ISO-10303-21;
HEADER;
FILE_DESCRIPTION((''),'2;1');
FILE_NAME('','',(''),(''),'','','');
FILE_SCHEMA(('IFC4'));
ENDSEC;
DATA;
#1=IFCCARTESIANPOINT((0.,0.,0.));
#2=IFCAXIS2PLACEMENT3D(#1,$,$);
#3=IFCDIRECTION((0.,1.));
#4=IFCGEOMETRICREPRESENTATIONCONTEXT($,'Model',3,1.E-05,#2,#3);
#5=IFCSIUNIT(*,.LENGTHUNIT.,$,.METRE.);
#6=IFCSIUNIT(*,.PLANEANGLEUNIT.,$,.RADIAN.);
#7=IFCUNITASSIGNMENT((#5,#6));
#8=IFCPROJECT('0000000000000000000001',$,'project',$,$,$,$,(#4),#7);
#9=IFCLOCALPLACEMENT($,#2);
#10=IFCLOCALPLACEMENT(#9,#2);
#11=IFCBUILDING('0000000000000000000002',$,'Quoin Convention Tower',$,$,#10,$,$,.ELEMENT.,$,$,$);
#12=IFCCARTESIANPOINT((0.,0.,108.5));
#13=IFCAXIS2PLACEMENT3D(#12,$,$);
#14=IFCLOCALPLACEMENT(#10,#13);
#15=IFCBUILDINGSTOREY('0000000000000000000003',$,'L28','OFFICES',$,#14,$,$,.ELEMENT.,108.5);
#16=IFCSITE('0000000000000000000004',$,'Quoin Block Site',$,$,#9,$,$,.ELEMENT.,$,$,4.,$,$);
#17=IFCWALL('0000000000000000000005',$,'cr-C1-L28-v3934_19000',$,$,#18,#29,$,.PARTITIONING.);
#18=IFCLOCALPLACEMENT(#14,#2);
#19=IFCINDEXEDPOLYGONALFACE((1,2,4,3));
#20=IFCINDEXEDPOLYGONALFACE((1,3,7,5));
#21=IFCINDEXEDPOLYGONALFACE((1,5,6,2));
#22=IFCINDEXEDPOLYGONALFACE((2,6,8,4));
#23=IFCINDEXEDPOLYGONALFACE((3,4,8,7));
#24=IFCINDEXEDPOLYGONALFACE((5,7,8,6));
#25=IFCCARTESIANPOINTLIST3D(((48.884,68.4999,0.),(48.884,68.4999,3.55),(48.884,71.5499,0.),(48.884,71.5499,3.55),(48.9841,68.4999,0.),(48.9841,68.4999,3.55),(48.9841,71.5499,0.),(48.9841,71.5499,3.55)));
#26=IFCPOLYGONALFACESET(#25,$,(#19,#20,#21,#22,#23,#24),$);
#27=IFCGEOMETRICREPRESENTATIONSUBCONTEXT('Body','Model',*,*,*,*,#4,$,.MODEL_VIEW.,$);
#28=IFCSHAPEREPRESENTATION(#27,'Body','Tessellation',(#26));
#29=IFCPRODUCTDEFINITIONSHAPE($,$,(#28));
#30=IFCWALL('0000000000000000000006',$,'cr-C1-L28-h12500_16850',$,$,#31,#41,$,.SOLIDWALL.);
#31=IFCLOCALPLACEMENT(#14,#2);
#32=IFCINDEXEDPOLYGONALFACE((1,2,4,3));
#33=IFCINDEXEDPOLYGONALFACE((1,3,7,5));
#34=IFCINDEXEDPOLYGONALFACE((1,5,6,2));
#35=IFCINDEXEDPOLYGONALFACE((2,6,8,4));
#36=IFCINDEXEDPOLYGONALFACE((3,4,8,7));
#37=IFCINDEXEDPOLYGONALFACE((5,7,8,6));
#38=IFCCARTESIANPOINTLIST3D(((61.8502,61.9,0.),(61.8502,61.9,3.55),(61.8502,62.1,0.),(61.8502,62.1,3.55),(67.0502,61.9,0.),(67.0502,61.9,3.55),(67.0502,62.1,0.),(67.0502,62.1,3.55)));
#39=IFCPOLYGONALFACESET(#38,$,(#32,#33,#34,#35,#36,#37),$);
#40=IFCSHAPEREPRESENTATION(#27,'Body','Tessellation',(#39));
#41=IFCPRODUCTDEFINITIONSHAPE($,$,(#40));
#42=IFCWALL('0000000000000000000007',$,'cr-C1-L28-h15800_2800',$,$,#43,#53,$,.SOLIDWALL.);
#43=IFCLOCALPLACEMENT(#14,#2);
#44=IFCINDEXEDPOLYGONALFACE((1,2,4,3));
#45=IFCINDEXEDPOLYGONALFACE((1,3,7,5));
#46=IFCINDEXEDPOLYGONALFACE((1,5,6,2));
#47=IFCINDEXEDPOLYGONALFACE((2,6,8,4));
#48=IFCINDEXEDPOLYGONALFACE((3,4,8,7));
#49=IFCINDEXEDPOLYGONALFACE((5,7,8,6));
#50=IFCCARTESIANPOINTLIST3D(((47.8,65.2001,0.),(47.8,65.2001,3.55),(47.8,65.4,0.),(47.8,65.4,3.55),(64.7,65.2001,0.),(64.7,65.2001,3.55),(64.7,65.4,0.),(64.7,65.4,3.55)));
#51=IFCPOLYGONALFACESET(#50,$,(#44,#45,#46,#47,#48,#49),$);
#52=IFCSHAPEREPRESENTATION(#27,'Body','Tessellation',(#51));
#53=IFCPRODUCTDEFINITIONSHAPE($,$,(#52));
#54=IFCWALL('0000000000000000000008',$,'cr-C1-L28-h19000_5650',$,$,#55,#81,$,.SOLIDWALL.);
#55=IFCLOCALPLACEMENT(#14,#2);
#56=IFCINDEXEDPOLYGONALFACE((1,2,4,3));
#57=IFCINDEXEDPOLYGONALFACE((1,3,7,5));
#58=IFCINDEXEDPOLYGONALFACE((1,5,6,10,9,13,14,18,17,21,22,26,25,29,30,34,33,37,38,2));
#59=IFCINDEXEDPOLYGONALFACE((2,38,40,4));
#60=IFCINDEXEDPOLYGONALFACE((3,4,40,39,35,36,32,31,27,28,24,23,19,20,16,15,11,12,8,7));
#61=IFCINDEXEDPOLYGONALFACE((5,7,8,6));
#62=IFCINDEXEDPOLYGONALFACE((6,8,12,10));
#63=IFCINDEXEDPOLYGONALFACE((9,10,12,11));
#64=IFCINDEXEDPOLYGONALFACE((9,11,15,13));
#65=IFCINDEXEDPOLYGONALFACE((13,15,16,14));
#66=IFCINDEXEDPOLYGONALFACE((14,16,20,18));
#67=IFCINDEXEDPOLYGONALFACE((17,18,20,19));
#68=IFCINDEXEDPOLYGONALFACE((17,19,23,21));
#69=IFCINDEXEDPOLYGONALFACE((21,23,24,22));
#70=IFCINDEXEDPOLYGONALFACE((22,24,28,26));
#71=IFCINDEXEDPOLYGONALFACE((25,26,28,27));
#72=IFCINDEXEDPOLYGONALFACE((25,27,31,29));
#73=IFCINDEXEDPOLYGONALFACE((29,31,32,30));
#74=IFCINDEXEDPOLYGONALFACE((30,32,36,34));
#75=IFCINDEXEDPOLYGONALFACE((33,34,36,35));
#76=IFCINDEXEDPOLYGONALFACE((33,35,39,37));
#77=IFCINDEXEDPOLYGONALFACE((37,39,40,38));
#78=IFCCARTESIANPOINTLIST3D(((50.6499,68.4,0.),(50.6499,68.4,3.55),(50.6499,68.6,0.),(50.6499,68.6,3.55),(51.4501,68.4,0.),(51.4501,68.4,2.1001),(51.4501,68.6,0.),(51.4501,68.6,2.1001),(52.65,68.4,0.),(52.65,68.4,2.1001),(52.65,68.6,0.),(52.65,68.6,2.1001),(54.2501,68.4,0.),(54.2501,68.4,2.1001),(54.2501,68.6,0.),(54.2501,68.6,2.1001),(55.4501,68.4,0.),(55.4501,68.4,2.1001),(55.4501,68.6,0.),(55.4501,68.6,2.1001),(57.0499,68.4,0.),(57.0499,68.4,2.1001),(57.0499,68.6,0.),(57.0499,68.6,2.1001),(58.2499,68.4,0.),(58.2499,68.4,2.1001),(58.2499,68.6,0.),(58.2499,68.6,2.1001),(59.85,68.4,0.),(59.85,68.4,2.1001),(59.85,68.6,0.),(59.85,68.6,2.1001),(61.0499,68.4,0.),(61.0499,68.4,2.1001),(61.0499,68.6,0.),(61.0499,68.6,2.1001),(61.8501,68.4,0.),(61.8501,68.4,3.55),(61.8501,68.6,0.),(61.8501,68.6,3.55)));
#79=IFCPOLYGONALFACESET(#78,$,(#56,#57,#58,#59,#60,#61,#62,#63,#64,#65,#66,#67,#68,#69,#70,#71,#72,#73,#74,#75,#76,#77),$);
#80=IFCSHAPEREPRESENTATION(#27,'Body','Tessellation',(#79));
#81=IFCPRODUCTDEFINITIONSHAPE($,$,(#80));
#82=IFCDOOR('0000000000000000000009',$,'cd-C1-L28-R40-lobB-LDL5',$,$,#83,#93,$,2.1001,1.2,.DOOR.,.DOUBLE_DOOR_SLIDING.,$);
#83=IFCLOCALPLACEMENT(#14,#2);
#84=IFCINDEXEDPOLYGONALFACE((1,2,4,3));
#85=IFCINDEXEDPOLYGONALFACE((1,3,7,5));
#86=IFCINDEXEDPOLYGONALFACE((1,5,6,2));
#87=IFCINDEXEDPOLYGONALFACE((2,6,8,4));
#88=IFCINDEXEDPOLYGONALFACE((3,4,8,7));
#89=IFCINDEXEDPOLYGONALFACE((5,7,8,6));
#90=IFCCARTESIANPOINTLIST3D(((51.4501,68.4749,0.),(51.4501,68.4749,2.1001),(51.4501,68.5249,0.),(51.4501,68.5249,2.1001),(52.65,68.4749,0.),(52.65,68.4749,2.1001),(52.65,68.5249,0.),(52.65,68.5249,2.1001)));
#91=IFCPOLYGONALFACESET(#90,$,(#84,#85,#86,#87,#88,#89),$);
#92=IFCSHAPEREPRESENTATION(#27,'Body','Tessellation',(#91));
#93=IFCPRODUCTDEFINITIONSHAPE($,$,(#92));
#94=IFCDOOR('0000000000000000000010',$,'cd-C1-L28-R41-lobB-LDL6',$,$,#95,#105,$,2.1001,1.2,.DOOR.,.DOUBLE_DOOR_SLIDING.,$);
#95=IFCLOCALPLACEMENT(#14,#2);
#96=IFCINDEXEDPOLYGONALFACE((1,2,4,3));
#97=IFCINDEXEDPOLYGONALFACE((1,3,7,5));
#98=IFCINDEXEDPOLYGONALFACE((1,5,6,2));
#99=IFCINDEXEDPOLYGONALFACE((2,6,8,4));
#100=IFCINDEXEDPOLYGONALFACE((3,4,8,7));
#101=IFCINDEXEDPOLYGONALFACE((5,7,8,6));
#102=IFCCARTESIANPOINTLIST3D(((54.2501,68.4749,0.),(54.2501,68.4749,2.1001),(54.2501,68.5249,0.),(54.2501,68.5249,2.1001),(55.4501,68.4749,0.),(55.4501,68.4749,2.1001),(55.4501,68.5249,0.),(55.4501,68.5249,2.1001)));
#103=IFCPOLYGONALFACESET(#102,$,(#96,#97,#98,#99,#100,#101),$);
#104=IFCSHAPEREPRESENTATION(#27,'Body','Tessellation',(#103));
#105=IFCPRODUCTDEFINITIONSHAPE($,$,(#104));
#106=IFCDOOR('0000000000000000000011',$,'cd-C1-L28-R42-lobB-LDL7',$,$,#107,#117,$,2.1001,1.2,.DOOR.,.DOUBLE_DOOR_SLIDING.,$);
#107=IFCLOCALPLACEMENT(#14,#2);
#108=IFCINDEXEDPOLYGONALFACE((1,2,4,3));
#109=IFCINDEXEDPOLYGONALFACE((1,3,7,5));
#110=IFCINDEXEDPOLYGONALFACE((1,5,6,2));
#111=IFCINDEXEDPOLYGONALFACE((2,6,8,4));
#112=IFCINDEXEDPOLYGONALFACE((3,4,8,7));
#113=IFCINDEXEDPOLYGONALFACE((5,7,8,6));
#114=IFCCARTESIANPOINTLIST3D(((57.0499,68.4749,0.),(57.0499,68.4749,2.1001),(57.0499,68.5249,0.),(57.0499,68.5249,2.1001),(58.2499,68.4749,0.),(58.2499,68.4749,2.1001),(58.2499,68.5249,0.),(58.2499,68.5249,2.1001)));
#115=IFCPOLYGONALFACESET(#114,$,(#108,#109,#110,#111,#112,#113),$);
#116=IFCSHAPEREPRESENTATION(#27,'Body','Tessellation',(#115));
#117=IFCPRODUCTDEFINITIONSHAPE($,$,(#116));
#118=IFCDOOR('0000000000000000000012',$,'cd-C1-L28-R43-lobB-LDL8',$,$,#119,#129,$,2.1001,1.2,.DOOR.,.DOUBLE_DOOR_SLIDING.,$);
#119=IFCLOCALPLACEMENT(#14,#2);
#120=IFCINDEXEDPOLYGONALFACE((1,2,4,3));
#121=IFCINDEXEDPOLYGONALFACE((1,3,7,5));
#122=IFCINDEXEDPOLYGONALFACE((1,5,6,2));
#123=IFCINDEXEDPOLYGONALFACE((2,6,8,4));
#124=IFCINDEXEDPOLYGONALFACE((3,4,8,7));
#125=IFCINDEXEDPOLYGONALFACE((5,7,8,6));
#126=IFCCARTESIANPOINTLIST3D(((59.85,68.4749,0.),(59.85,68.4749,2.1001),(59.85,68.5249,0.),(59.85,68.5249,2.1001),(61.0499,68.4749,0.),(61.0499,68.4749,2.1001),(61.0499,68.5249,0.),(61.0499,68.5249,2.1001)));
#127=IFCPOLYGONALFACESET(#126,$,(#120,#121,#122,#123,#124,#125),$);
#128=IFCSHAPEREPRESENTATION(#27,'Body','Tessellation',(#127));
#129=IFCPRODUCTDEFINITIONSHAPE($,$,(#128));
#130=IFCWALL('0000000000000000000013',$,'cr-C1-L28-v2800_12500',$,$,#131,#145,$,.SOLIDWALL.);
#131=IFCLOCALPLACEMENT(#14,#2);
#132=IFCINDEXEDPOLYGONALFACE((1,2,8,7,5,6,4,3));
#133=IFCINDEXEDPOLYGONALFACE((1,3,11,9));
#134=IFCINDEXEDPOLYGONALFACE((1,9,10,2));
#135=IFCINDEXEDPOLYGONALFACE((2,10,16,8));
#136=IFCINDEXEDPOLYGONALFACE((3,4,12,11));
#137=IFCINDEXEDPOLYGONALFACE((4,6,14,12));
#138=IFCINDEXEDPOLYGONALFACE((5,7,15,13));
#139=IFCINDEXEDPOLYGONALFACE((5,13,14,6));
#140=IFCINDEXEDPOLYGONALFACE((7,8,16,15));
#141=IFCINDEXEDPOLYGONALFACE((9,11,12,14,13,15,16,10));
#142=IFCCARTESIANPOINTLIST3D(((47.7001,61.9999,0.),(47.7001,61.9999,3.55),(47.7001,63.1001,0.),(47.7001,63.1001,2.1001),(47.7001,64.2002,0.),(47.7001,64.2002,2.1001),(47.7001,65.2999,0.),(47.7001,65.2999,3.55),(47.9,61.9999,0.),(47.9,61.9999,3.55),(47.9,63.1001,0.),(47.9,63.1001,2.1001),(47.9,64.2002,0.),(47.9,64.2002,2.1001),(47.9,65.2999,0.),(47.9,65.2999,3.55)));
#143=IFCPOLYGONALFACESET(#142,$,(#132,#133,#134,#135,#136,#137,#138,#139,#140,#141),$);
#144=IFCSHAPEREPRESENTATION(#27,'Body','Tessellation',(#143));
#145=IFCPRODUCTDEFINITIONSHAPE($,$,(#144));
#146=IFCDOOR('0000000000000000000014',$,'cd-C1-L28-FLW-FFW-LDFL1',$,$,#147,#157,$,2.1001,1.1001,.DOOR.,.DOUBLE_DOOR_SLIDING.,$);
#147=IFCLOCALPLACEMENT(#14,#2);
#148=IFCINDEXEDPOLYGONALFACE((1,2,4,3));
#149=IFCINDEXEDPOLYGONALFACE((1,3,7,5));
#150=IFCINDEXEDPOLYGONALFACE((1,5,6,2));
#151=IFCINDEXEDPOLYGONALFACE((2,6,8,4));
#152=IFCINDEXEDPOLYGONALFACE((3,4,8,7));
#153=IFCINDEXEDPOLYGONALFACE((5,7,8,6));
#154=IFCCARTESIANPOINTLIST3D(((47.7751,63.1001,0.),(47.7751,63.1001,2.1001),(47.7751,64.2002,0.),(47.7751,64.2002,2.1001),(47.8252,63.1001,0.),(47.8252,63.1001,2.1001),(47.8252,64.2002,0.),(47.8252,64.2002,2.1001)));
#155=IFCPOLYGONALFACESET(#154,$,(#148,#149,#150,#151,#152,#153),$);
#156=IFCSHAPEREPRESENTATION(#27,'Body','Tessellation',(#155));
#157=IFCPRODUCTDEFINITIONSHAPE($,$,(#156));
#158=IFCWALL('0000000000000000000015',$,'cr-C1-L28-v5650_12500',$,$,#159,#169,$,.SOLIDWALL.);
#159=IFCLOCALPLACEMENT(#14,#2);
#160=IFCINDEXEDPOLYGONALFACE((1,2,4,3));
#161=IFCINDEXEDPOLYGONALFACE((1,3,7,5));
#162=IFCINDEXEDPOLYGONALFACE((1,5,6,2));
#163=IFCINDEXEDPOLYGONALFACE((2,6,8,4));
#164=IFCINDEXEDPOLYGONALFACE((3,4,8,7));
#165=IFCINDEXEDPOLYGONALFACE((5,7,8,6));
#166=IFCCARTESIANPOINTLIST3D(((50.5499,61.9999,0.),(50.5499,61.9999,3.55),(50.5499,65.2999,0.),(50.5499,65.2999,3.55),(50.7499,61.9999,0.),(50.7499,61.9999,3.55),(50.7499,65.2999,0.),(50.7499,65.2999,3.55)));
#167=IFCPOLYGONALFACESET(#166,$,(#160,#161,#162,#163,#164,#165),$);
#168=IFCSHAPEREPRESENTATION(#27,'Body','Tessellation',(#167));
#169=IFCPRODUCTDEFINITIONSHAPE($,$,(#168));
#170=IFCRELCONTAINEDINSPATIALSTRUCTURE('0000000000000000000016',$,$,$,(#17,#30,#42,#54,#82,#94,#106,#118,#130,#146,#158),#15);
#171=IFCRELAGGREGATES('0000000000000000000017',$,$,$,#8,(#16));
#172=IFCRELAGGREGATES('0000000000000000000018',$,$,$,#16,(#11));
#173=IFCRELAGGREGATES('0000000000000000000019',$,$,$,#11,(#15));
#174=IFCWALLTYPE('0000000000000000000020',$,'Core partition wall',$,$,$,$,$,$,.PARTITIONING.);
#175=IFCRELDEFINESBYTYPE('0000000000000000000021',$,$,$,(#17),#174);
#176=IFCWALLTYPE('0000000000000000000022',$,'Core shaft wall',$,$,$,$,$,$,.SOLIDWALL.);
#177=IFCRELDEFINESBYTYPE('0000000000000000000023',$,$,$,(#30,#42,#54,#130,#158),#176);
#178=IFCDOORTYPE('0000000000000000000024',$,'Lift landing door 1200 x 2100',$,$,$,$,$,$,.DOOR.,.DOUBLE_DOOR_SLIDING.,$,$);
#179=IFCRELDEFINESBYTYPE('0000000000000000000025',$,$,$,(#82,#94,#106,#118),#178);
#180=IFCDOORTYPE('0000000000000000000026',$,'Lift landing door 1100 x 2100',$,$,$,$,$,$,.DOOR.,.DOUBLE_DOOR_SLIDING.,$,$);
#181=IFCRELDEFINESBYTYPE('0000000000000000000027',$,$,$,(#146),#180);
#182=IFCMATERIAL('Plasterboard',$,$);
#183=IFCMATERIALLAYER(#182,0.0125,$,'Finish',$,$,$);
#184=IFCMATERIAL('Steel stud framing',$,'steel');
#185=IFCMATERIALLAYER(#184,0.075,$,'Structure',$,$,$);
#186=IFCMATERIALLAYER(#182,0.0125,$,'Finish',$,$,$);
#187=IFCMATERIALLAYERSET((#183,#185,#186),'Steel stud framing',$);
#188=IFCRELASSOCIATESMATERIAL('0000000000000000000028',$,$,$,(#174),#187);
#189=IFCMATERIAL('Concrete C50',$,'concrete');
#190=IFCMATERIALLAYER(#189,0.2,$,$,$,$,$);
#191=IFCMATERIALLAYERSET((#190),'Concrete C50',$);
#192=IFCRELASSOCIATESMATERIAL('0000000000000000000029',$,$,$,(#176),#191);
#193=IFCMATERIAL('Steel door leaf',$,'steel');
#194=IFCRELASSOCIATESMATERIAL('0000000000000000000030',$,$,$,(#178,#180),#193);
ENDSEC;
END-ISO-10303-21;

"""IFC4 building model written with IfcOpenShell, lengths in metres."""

from ifc_helpers import new_model, si_unit, direction, frame, frame_2d, origin, place, context, subcontext, project, spatial, rectangle, extrude, material, layer, layer_set, type_object, element, fill, save


model = new_model("IFC4")

# Units and contexts
model_context = context("Model", 3, precision=1e-05, world=origin(), true_north=direction((0.0, 1.0)))
body_context = subcontext(model_context, "Body", "Model", "MODEL_VIEW")
ifc_project = project(units=[si_unit("LENGTHUNIT", "METRE"), si_unit("PLANEANGLEUNIT", "RADIAN")], contexts=[model_context])

# Site, building, storey
site_placement = place(None, origin())
site = spatial("IfcSite", under=ifc_project, at=site_placement, Name="Quoin Block Site", CompositionType="ELEMENT", RefElevation=4.0)
building_placement = place(site_placement, origin())
building = spatial("IfcBuilding", under=site, at=building_placement, Name="Quoin Convention Tower", CompositionType="ELEMENT")
storey_placement = place(building_placement, frame((0.0, 0.0, 108.5)))
storey = spatial("IfcBuildingStorey", under=building, at=storey_placement, Name="L28", Description="OFFICES", CompositionType="ELEMENT", Elevation=108.5)

# Walls
ifc_material_1 = material(Name="Plasterboard")
ifc_layer_1 = layer(ifc_material_1, 0.0125, Name="Finish")
ifc_material_2 = material(Name="Steel stud framing", Category="steel")
ifc_layer_2 = layer(ifc_material_2, 0.075, Name="Structure")
ifc_layer_3 = layer(ifc_material_1, 0.0125, Name="Finish")
ifc_layer_set_1 = layer_set([ifc_layer_1, ifc_layer_2, ifc_layer_3], Name="Steel stud framing")
wall_type_1 = type_object("IfcWallType", Name="Core partition wall", PredefinedType="PARTITIONING", material=ifc_layer_set_1)
wall_1_placement = place(storey_placement, frame((48.9341, 68.5, 0.0), z_axis=(0.0, 0.0, 1.0), x_axis=(0.0, 1.0, 0.0)))
element("IfcWall", 1, at=wall_1_placement, inside=storey, type_object=wall_type_1, Name="cr-C1-L28-v3934_19000", PredefinedType="PARTITIONING", context=body_context, shape_type="SweptSolid", body=[
    extrude(rectangle(XDim=3.05, YDim=0.1001, at=frame_2d((1.5249, 0.0))), origin(), (0.0, 0.0, 1.0), 3.55),
])
ifc_material_3 = material(Name="Concrete C50", Category="concrete")
ifc_layer_4 = layer(ifc_material_3, 0.2)
ifc_layer_set_2 = layer_set([ifc_layer_4], Name="Concrete C50")
wall_type_2 = type_object("IfcWallType", Name="Core shaft wall", PredefinedType="SOLIDWALL", material=ifc_layer_set_2)
wall_2_placement = place(storey_placement, frame((61.8501, 62.0, 0.0), z_axis=(0.0, 0.0, 1.0), x_axis=(1.0, 0.0, 0.0)))
element("IfcWall", 2, at=wall_2_placement, inside=storey, type_object=wall_type_2, Name="cr-C1-L28-h12500_16850", PredefinedType="SOLIDWALL", context=body_context, shape_type="SweptSolid", body=[
    extrude(rectangle(XDim=5.2, YDim=0.2, at=frame_2d((2.6001, 0.0))), origin(), (0.0, 0.0, 1.0), 3.55),
])
wall_3_placement = place(storey_placement, frame((47.8, 65.3, 0.0), z_axis=(0.0, 0.0, 1.0), x_axis=(1.0, 0.0, 0.0)))
element("IfcWall", 3, at=wall_3_placement, inside=storey, type_object=wall_type_2, Name="cr-C1-L28-h15800_2800", PredefinedType="SOLIDWALL", context=body_context, shape_type="SweptSolid", body=[
    extrude(rectangle(XDim=16.8999, YDim=0.2, at=frame_2d((8.45, 0.0))), origin(), (0.0, 0.0, 1.0), 3.55),
])

# Wall, openings, doors
wall_4_placement = place(storey_placement, frame((50.6499, 68.5, 0.0), z_axis=(0.0, 0.0, 1.0), x_axis=(1.0, 0.0, 0.0)))
wall_4 = element("IfcWall", 4, at=wall_4_placement, inside=storey, type_object=wall_type_2, Name="cr-C1-L28-h19000_5650", PredefinedType="SOLIDWALL", context=body_context, shape_type="SweptSolid", body=[
    extrude(rectangle(XDim=11.2002, YDim=0.2, at=frame_2d((5.6001, 0.0))), origin(), (0.0, 0.0, 1.0), 3.55),
])
opening_1_placement = place(wall_4_placement, frame((0.8, 0.0, 0.0)))
opening_1 = element("IfcOpeningElement", 5, at=opening_1_placement, cuts=wall_4, PredefinedType="OPENING", context=body_context, shape_type="SweptSolid", body=[
    extrude(rectangle(XDim=1.2, YDim=2.1001, at=frame_2d((0.6001, 1.05))), frame((0.0, 0.1099, 0.0), z_axis=(0.0, -1.0, 0.0), x_axis=(1.0, 0.0, 0.0)), (0.0, 0.0, 1.0), 0.22),
])
opening_2_placement = place(wall_4_placement, frame((3.6001, 0.0, 0.0)))
opening_2 = element("IfcOpeningElement", 6, at=opening_2_placement, cuts=wall_4, PredefinedType="OPENING", context=body_context, shape_type="SweptSolid", body=[
    extrude(rectangle(XDim=1.2, YDim=2.1001, at=frame_2d((0.6001, 1.05))), frame((0.0, 0.1099, 0.0), z_axis=(0.0, -1.0, 0.0), x_axis=(1.0, 0.0, 0.0)), (0.0, 0.0, 1.0), 0.22),
])
opening_3_placement = place(wall_4_placement, frame((6.3999, 0.0, 0.0)))
opening_3 = element("IfcOpeningElement", 7, at=opening_3_placement, cuts=wall_4, PredefinedType="OPENING", context=body_context, shape_type="SweptSolid", body=[
    extrude(rectangle(XDim=1.2, YDim=2.1001, at=frame_2d((0.6001, 1.05))), frame((0.0, 0.1099, 0.0), z_axis=(0.0, -1.0, 0.0), x_axis=(1.0, 0.0, 0.0)), (0.0, 0.0, 1.0), 0.22),
])
opening_4_placement = place(wall_4_placement, frame((9.2, 0.0, 0.0)))
opening_4 = element("IfcOpeningElement", 8, at=opening_4_placement, cuts=wall_4, PredefinedType="OPENING", context=body_context, shape_type="SweptSolid", body=[
    extrude(rectangle(XDim=1.2, YDim=2.1001, at=frame_2d((0.6001, 1.05))), frame((0.0, 0.1099, 0.0), z_axis=(0.0, -1.0, 0.0), x_axis=(1.0, 0.0, 0.0)), (0.0, 0.0, 1.0), 0.22),
])
ifc_material_4 = material(Name="Steel door leaf", Category="steel")
door_type_1 = type_object("IfcDoorType", Name="Lift landing door 1200 x 2100", OperationType="DOUBLE_DOOR_SLIDING", PredefinedType="DOOR", material=ifc_material_4)
door_1_placement = place(opening_1_placement, origin())
door_1 = element("IfcDoor", 9, at=door_1_placement, inside=storey, type_object=door_type_1, Name="cd-C1-L28-R40-lobB-LDL5", OperationType="DOUBLE_DOOR_SLIDING", OverallHeight=2.1001, OverallWidth=1.2, PredefinedType="DOOR", context=body_context, shape_type="SweptSolid", body=[
    extrude(rectangle(XDim=1.2, YDim=2.1001, at=frame_2d((0.6001, 1.05))), frame((0.0, 0.0249, 0.0), z_axis=(0.0, -1.0, 0.0), x_axis=(1.0, 0.0, 0.0)), (0.0, 0.0, 1.0), 0.05),
])
fill(opening_1, door_1)
door_2_placement = place(opening_2_placement, origin())
door_2 = element("IfcDoor", 10, at=door_2_placement, inside=storey, type_object=door_type_1, Name="cd-C1-L28-R41-lobB-LDL6", OperationType="DOUBLE_DOOR_SLIDING", OverallHeight=2.1001, OverallWidth=1.2, PredefinedType="DOOR", context=body_context, shape_type="SweptSolid", body=[
    extrude(rectangle(XDim=1.2, YDim=2.1001, at=frame_2d((0.6001, 1.05))), frame((0.0, 0.0249, 0.0), z_axis=(0.0, -1.0, 0.0), x_axis=(1.0, 0.0, 0.0)), (0.0, 0.0, 1.0), 0.05),
])
fill(opening_2, door_2)
door_3_placement = place(opening_3_placement, origin())
door_3 = element("IfcDoor", 11, at=door_3_placement, inside=storey, type_object=door_type_1, Name="cd-C1-L28-R42-lobB-LDL7", OperationType="DOUBLE_DOOR_SLIDING", OverallHeight=2.1001, OverallWidth=1.2, PredefinedType="DOOR", context=body_context, shape_type="SweptSolid", body=[
    extrude(rectangle(XDim=1.2, YDim=2.1001, at=frame_2d((0.6001, 1.05))), frame((0.0, 0.0249, 0.0), z_axis=(0.0, -1.0, 0.0), x_axis=(1.0, 0.0, 0.0)), (0.0, 0.0, 1.0), 0.05),
])
fill(opening_3, door_3)
door_4_placement = place(opening_4_placement, origin())
door_4 = element("IfcDoor", 12, at=door_4_placement, inside=storey, type_object=door_type_1, Name="cd-C1-L28-R43-lobB-LDL8", OperationType="DOUBLE_DOOR_SLIDING", OverallHeight=2.1001, OverallWidth=1.2, PredefinedType="DOOR", context=body_context, shape_type="SweptSolid", body=[
    extrude(rectangle(XDim=1.2, YDim=2.1001, at=frame_2d((0.6001, 1.05))), frame((0.0, 0.0249, 0.0), z_axis=(0.0, -1.0, 0.0), x_axis=(1.0, 0.0, 0.0)), (0.0, 0.0, 1.0), 0.05),
])
fill(opening_4, door_4)

# Wall, opening, door
wall_5_placement = place(storey_placement, frame((47.8, 62.0, 0.0), z_axis=(0.0, 0.0, 1.0), x_axis=(0.0, 1.0, 0.0)))
wall_5 = element("IfcWall", 13, at=wall_5_placement, inside=storey, type_object=wall_type_2, Name="cr-C1-L28-v2800_12500", PredefinedType="SOLIDWALL", context=body_context, shape_type="SweptSolid", body=[
    extrude(rectangle(XDim=3.3, YDim=0.2, at=frame_2d((1.6499, 0.0))), origin(), (0.0, 0.0, 1.0), 3.55),
])
opening_5_placement = place(wall_5_placement, frame((1.1001, 0.0, 0.0)))
opening_5 = element("IfcOpeningElement", 14, at=opening_5_placement, cuts=wall_5, PredefinedType="OPENING", context=body_context, shape_type="SweptSolid", body=[
    extrude(rectangle(XDim=1.1001, YDim=2.1001, at=frame_2d((0.55, 1.05))), frame((0.0, 0.1099, 0.0), z_axis=(0.0, -1.0, 0.0), x_axis=(1.0, 0.0, 0.0)), (0.0, 0.0, 1.0), 0.22),
])
door_type_2 = type_object("IfcDoorType", Name="Lift landing door 1100 x 2100", OperationType="DOUBLE_DOOR_SLIDING", PredefinedType="DOOR", material=ifc_material_4)
door_5_placement = place(opening_5_placement, origin())
door_5 = element("IfcDoor", 15, at=door_5_placement, inside=storey, type_object=door_type_2, Name="cd-C1-L28-FLW-FFW-LDFL1", OperationType="DOUBLE_DOOR_SLIDING", OverallHeight=2.1001, OverallWidth=1.1001, PredefinedType="DOOR", context=body_context, shape_type="SweptSolid", body=[
    extrude(rectangle(XDim=1.1001, YDim=2.1001, at=frame_2d((0.55, 1.05))), frame((0.0, 0.0249, 0.0), z_axis=(0.0, -1.0, 0.0), x_axis=(1.0, 0.0, 0.0)), (0.0, 0.0, 1.0), 0.05),
])
fill(opening_5, door_5)

# Wall
wall_6_placement = place(storey_placement, frame((50.6499, 62.0, 0.0), z_axis=(0.0, 0.0, 1.0), x_axis=(0.0, 1.0, 0.0)))
element("IfcWall", 16, at=wall_6_placement, inside=storey, type_object=wall_type_2, Name="cr-C1-L28-v5650_12500", PredefinedType="SOLIDWALL", context=body_context, shape_type="SweptSolid", body=[
    extrude(rectangle(XDim=3.3, YDim=0.2, at=frame_2d((1.6499, 0.0))), origin(), (0.0, 0.0, 1.0), 3.55),
])

save(model, "model.ifc")
